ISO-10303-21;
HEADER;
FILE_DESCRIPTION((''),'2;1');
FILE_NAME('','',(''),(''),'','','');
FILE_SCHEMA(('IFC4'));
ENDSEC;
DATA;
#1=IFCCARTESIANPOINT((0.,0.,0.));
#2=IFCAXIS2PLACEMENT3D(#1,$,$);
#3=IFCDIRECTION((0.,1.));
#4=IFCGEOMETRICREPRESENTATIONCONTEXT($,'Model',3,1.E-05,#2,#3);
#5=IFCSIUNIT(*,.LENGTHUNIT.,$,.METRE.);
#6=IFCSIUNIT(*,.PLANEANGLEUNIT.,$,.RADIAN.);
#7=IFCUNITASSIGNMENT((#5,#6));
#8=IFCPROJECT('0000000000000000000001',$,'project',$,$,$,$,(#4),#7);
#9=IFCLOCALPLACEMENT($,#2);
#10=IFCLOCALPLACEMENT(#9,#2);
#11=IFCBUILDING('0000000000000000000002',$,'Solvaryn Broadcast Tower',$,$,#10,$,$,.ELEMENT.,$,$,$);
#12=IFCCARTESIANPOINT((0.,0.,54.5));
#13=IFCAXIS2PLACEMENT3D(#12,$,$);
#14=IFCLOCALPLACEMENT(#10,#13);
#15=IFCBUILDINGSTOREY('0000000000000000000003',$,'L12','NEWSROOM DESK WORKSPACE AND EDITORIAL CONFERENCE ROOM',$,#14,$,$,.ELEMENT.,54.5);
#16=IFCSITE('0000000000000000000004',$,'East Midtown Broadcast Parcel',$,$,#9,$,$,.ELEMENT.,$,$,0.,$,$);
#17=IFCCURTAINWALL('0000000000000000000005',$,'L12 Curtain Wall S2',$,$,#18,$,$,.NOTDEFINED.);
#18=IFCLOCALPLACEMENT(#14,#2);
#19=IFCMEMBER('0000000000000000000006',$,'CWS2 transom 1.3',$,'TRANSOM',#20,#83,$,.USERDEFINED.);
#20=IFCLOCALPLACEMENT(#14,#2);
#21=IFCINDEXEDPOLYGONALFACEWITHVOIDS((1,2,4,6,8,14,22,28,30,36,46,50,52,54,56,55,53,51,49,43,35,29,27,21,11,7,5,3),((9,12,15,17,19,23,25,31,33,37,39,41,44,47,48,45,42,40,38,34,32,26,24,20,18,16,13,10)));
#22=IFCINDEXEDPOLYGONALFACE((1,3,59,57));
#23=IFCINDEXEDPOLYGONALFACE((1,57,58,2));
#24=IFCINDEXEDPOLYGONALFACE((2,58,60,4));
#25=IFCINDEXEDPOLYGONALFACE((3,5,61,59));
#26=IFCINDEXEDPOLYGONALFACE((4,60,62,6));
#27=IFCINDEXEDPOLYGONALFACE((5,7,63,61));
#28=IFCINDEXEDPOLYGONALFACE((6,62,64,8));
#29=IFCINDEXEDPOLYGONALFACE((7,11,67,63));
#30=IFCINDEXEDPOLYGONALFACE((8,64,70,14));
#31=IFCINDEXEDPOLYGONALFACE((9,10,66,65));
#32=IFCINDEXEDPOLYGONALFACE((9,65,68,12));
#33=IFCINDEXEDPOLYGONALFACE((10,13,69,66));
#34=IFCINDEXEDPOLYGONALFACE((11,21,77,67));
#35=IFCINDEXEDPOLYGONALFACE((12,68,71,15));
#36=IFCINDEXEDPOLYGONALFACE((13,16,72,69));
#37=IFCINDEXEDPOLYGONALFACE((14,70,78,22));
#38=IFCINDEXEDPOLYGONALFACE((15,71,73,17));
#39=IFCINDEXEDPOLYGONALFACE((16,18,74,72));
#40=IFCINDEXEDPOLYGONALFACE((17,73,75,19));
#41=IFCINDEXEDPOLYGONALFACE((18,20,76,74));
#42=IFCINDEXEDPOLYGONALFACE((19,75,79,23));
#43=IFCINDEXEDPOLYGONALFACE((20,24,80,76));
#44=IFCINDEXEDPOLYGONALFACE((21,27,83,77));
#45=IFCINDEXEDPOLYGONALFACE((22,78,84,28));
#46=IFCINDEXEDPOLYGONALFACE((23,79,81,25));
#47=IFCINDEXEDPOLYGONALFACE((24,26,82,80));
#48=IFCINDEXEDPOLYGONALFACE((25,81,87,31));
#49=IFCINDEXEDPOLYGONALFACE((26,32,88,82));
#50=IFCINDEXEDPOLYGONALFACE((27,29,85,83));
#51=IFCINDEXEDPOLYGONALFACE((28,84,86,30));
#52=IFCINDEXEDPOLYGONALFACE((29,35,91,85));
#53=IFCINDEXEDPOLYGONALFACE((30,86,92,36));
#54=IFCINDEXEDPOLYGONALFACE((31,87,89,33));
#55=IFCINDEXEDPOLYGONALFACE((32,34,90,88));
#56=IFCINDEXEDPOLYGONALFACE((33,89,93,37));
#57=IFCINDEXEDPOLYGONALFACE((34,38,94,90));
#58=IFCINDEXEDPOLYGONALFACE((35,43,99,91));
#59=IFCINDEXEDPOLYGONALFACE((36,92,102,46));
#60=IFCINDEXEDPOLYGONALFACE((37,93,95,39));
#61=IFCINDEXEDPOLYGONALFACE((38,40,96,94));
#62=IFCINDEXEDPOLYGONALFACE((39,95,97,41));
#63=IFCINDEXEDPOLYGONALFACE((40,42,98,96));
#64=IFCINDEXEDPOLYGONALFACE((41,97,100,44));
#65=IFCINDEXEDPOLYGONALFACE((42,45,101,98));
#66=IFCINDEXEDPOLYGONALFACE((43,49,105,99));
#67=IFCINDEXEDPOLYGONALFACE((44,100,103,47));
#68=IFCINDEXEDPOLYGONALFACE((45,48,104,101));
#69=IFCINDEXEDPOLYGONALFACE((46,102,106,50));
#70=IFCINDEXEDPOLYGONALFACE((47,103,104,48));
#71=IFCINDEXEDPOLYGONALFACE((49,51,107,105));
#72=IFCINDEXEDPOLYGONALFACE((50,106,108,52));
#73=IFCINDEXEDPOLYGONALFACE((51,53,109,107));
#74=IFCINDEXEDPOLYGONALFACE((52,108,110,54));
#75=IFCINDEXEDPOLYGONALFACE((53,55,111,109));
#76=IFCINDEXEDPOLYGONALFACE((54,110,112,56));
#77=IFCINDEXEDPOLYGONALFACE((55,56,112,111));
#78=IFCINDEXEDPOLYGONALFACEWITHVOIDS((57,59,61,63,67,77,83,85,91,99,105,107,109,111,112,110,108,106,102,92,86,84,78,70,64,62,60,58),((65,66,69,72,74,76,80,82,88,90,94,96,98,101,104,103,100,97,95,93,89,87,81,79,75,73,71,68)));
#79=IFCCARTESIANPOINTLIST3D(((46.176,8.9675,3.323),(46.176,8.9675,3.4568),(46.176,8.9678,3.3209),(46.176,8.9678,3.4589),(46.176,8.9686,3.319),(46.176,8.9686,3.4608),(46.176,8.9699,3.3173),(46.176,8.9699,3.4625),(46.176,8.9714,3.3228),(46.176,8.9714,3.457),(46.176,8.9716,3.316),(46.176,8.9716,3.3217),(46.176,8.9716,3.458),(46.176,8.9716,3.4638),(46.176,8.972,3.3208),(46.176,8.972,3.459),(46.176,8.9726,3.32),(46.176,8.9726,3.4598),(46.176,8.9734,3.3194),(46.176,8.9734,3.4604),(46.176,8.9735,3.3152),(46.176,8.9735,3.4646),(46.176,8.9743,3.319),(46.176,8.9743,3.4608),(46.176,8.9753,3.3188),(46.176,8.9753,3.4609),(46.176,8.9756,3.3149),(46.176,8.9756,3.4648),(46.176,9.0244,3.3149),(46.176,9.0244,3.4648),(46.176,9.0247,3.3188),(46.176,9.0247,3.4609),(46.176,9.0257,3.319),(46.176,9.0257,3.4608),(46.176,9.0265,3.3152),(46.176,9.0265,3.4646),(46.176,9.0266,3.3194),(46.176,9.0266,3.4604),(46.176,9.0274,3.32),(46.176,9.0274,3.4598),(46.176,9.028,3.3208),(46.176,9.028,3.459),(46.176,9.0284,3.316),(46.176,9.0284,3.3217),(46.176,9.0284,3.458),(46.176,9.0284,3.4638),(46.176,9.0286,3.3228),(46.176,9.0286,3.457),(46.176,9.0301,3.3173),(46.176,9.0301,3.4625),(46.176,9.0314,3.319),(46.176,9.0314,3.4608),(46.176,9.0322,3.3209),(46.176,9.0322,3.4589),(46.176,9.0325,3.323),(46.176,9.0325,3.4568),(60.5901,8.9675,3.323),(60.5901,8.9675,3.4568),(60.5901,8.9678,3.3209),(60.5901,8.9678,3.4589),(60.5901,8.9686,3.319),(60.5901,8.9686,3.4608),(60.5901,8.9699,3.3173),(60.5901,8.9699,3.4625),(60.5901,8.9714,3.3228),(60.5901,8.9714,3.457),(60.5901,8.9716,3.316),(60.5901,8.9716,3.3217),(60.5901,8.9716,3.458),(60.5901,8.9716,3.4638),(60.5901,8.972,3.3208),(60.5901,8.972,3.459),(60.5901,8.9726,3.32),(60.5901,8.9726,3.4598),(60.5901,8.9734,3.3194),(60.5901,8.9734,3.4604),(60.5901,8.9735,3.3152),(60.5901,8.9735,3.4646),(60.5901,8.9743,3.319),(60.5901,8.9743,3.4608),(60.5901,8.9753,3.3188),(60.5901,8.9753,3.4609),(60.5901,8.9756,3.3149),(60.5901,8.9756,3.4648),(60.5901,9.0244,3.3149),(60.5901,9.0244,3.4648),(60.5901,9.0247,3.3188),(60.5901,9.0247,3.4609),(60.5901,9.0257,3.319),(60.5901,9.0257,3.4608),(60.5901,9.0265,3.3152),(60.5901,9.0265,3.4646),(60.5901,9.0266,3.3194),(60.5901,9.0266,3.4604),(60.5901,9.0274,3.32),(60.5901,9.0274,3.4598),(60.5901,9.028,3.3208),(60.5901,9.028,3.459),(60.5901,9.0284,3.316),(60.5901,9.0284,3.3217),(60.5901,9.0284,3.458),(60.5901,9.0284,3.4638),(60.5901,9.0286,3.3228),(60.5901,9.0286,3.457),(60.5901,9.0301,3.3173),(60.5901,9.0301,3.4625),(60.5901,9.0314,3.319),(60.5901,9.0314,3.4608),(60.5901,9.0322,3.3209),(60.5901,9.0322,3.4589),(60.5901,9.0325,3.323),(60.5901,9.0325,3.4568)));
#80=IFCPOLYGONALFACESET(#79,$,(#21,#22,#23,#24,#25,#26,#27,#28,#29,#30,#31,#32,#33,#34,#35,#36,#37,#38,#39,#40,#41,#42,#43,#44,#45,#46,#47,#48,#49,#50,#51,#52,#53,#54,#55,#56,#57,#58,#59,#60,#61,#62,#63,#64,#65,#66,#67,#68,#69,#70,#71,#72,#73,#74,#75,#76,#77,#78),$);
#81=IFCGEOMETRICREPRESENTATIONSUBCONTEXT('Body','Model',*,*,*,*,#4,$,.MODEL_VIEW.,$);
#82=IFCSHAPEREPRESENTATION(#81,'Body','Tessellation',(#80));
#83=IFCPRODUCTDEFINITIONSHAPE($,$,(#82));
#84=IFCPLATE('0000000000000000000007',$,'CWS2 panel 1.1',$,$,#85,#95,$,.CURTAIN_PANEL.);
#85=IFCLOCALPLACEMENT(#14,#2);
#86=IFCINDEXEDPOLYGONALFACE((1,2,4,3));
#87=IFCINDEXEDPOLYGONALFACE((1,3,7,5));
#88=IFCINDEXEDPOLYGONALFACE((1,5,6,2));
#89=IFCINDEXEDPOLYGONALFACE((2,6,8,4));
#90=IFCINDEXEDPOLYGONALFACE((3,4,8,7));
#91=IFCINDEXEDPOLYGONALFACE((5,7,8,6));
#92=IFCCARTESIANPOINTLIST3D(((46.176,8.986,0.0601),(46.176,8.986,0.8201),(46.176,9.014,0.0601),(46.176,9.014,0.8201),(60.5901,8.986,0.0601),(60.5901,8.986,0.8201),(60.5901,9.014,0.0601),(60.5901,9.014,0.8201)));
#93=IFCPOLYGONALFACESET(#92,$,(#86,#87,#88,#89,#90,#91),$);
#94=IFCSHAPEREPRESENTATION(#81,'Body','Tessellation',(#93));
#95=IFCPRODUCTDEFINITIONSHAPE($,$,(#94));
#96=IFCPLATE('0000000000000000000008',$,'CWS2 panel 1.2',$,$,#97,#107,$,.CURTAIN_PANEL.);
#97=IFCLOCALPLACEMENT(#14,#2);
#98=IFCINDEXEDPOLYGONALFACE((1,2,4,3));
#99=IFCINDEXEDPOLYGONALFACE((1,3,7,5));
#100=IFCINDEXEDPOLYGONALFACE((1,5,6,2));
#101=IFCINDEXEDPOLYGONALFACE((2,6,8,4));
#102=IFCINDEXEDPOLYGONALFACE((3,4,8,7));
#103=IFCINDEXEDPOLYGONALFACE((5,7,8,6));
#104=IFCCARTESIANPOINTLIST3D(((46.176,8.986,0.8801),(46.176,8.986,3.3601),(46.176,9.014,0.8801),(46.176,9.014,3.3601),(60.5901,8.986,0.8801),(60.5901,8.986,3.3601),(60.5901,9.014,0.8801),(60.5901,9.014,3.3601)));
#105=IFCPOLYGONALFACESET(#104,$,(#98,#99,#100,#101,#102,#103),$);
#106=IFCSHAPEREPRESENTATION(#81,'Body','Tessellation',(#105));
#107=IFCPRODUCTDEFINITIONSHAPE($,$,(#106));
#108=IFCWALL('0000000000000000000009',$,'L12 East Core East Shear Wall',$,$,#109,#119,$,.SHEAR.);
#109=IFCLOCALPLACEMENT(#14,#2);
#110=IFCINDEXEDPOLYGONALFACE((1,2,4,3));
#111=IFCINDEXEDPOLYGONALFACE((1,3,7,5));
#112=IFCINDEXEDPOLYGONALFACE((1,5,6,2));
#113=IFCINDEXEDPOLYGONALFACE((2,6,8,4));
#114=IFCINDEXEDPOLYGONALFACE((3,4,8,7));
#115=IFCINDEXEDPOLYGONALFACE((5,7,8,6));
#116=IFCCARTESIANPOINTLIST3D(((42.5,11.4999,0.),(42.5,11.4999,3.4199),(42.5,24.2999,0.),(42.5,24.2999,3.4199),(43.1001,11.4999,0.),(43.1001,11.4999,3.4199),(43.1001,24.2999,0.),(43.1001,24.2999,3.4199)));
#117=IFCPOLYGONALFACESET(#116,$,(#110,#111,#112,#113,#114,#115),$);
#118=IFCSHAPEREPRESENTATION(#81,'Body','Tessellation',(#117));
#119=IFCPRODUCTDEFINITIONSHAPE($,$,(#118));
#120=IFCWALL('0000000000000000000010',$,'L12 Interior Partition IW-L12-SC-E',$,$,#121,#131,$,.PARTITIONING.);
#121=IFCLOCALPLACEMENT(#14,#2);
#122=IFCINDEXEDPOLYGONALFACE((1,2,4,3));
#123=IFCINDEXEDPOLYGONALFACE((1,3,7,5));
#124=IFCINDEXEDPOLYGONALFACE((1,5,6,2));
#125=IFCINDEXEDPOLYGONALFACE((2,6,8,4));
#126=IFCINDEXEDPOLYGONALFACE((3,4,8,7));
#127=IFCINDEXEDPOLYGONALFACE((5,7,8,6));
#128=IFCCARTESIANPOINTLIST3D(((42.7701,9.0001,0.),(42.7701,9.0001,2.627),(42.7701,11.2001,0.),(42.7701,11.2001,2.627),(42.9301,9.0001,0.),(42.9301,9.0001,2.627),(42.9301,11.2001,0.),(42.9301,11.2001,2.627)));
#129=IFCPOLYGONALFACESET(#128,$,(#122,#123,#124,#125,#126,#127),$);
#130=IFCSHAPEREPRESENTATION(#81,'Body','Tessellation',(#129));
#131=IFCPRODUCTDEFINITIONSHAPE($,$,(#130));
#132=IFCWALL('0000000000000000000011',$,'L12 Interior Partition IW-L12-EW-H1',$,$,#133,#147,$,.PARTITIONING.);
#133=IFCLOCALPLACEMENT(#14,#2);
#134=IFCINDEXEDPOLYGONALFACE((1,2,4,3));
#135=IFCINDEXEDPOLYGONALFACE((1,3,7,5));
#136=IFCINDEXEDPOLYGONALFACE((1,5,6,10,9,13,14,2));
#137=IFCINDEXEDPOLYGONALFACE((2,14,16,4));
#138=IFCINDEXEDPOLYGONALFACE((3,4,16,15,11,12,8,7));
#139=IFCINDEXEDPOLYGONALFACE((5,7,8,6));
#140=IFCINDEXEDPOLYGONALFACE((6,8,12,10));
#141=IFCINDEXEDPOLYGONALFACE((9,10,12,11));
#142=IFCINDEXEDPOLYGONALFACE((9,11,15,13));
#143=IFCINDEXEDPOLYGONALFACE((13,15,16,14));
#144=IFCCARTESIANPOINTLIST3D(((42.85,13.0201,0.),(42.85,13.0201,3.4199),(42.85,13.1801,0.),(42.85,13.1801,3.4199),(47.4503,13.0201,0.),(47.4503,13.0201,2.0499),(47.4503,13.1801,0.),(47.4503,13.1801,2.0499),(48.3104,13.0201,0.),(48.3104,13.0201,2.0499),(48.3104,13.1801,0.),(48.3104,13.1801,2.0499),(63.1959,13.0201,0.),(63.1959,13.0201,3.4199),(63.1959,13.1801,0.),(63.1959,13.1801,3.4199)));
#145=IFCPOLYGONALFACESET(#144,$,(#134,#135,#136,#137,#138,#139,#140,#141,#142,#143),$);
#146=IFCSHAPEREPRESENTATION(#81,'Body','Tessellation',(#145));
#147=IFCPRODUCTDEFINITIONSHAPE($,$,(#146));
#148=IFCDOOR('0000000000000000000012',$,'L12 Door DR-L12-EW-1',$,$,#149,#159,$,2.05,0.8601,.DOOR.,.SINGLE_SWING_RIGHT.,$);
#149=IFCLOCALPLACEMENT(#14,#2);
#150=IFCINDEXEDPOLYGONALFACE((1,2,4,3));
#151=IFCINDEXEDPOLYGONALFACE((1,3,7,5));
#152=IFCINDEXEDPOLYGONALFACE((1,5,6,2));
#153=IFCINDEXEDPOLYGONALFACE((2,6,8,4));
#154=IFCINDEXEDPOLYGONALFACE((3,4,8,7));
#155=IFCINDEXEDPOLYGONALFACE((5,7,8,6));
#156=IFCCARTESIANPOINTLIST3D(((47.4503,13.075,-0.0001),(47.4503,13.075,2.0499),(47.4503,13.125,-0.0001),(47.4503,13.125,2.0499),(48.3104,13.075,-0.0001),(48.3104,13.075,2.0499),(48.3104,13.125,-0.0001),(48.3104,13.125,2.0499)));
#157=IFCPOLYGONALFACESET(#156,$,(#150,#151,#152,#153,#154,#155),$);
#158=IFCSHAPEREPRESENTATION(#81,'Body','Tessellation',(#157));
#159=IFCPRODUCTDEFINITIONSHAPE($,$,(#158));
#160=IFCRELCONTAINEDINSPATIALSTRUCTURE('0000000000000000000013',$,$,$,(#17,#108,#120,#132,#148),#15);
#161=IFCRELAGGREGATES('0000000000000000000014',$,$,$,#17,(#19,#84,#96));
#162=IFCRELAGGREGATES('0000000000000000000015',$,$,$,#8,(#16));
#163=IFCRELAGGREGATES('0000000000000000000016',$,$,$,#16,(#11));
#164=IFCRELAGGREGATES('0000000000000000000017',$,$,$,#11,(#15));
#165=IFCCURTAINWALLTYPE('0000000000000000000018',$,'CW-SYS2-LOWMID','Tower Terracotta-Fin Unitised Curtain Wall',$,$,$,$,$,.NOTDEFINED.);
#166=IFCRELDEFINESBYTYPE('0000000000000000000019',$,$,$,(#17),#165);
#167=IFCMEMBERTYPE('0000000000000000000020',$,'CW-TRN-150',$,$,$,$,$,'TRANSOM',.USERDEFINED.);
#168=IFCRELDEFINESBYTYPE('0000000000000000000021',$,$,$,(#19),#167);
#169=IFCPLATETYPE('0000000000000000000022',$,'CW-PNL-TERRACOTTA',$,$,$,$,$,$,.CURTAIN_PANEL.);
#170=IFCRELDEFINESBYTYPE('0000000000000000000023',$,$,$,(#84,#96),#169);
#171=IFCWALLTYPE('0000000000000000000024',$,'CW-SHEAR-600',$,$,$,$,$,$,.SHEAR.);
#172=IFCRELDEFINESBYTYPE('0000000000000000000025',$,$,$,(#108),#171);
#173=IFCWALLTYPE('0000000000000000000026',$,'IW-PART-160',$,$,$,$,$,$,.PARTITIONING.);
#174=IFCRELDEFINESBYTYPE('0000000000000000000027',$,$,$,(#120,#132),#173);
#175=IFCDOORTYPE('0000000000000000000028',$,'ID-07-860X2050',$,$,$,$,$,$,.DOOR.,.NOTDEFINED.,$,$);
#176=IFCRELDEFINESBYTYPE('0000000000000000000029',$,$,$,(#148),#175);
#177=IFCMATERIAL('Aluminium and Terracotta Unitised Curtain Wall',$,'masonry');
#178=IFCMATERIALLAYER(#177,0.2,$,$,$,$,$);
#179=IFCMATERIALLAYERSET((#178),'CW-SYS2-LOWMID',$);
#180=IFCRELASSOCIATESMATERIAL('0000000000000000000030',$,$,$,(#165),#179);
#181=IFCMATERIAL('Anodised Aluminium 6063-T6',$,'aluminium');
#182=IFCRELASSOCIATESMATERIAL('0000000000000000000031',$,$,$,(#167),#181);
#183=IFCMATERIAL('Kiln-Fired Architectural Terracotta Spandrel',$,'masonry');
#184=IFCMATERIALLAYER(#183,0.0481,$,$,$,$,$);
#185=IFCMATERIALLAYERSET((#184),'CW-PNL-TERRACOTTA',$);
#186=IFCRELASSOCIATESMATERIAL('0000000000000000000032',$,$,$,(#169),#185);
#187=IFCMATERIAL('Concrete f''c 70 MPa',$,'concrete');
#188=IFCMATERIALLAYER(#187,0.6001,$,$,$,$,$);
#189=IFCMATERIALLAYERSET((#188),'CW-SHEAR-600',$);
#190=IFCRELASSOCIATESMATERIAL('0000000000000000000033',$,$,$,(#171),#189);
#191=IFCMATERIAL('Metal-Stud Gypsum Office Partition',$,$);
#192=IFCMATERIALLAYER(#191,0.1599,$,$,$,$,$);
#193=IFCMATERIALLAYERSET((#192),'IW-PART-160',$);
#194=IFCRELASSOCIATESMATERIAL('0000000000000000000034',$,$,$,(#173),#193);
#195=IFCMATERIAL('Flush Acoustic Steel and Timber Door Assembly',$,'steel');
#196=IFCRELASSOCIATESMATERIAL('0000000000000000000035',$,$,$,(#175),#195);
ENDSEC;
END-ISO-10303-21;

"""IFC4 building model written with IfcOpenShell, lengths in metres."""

from ifc_helpers import new_model, si_unit, direction, frame, frame_2d, origin, origin_2d, place, context, subcontext, project, spatial, rectangle, hollow_rectangle, extrude, material, layer, layer_set, material_profile, profile_set, type_object, element, fill, aggregate, save


model = new_model("IFC4")

# Units and contexts
model_context = context("Model", 3, precision=1e-05, world=origin(), true_north=direction((0.0, 1.0)))
body_context = subcontext(model_context, "Body", "Model", "MODEL_VIEW")
ifc_project = project(units=[si_unit("LENGTHUNIT", "METRE"), si_unit("PLANEANGLEUNIT", "RADIAN")], contexts=[model_context])

# Site, building, storey
site_placement = place(None, origin())
site = spatial("IfcSite", under=ifc_project, at=site_placement, Name="East Midtown Broadcast Parcel", CompositionType="ELEMENT", RefElevation=0.0)
building_placement = place(site_placement, origin())
building = spatial("IfcBuilding", under=site, at=building_placement, Name="Solvaryn Broadcast Tower", CompositionType="ELEMENT")
storey_placement = place(building_placement, frame((0.0, 0.0, 54.5)))
storey = spatial("IfcBuildingStorey", under=building, at=storey_placement, Name="L12", Description="NEWSROOM DESK WORKSPACE AND EDITORIAL CONFERENCE ROOM", CompositionType="ELEMENT", Elevation=54.5)

# Shared definitions
ifc_material_1 = material(Name="Aluminium and Terracotta Unitised Curtain Wall", Category="masonry")
ifc_layer_1 = layer(ifc_material_1, 0.2)
ifc_layer_set_1 = layer_set([ifc_layer_1], Name="CW-SYS2-LOWMID")
curtain_wall_type = type_object("IfcCurtainWallType", Name="CW-SYS2-LOWMID", Description="Tower Terracotta-Fin Unitised Curtain Wall", PredefinedType="NOTDEFINED", material=ifc_layer_set_1)

# Curtain wall, member, plates
curtain_wall_1_placement = place(storey_placement, origin())
curtain_wall_1 = element("IfcCurtainWall", 1, at=curtain_wall_1_placement, inside=storey, type_object=curtain_wall_type, Name="L12 Curtain Wall S2", PredefinedType="NOTDEFINED")
ifc_material_2 = material(Name="Anodised Aluminium 6063-T6", Category="aluminium")
ifc_material_profile_1 = material_profile(ifc_material_2, hollow_rectangle(XDim=0.0649, YDim=0.1499, WallThickness=0.0039, InnerFilletRadius=0.0039, OuterFilletRadius=0.0081, at=origin_2d()))
ifc_profile_set_1 = profile_set([ifc_material_profile_1], Name="Anodised Aluminium 6063-T6")
member_type_1 = type_object("IfcMemberType", Name="CW-TRN-150", ElementType="TRANSOM", PredefinedType="USERDEFINED", material=ifc_profile_set_1)
member_1_placement = place(storey_placement, frame((46.176, 9.0, 3.3899), z_axis=(1.0, 0.0, 0.0), x_axis=(0.0, 1.0, 0.0)))
member_1 = element("IfcMember", 2, at=member_1_placement, type_object=member_type_1, Name="CWS2 transom 1.3", ObjectType="TRANSOM", PredefinedType="USERDEFINED", context=body_context, shape_type="SweptSolid", body=[
    extrude(hollow_rectangle(XDim=0.0649, YDim=0.1499, WallThickness=0.0039, InnerFilletRadius=0.0039, OuterFilletRadius=0.0081, at=origin_2d()), origin(), (0.0, 0.0, 1.0), 14.4141),
])
ifc_material_3 = material(Name="Kiln-Fired Architectural Terracotta Spandrel", Category="masonry")
ifc_layer_2 = layer(ifc_material_3, 0.0481)
ifc_layer_set_2 = layer_set([ifc_layer_2], Name="CW-PNL-TERRACOTTA")
plate_type = type_object("IfcPlateType", Name="CW-PNL-TERRACOTTA", PredefinedType="CURTAIN_PANEL", material=ifc_layer_set_2)
plate_1_placement = place(storey_placement, frame((53.3831, 9.0, 0.0601), z_axis=(0.0, 0.0, 1.0), x_axis=(1.0, 0.0, 0.0)))
plate_1 = element("IfcPlate", 3, at=plate_1_placement, type_object=plate_type, Name="CWS2 panel 1.1", PredefinedType="CURTAIN_PANEL", context=body_context, shape_type="SweptSolid", body=[
    extrude(rectangle(XDim=14.4141, YDim=0.0281, at=origin_2d()), origin(), (0.0, 0.0, 1.0), 0.76),
])
plate_2_placement = place(storey_placement, frame((53.3831, 9.0, 0.8801), z_axis=(0.0, 0.0, 1.0), x_axis=(1.0, 0.0, 0.0)))
plate_2 = element("IfcPlate", 4, at=plate_2_placement, type_object=plate_type, Name="CWS2 panel 1.2", PredefinedType="CURTAIN_PANEL", context=body_context, shape_type="SweptSolid", body=[
    extrude(rectangle(XDim=14.4141, YDim=0.0281, at=origin_2d()), origin(), (0.0, 0.0, 1.0), 2.48),
])
aggregate(curtain_wall_1, [member_1, plate_1, plate_2])

# Walls
ifc_material_4 = material(Name="Concrete f'c 70 MPa", Category="concrete")
ifc_layer_3 = layer(ifc_material_4, 0.6001)
ifc_layer_set_3 = layer_set([ifc_layer_3], Name="CW-SHEAR-600")
wall_type_1 = type_object("IfcWallType", Name="CW-SHEAR-600", PredefinedType="SHEAR", material=ifc_layer_set_3)
wall_1_placement = place(storey_placement, frame((42.8, 11.5, 0.0), z_axis=(0.0, 0.0, 1.0), x_axis=(0.0, 1.0, 0.0)))
element("IfcWall", 5, at=wall_1_placement, inside=storey, type_object=wall_type_1, Name="L12 East Core East Shear Wall", PredefinedType="SHEAR", context=body_context, shape_type="SweptSolid", body=[
    extrude(rectangle(XDim=12.8, YDim=0.6001, at=frame_2d((6.3999, 0.0))), origin(), (0.0, 0.0, 1.0), 3.4199),
])
ifc_material_5 = material(Name="Metal-Stud Gypsum Office Partition")
ifc_layer_4 = layer(ifc_material_5, 0.1599)
ifc_layer_set_4 = layer_set([ifc_layer_4], Name="IW-PART-160")
wall_type_2 = type_object("IfcWallType", Name="IW-PART-160", PredefinedType="PARTITIONING", material=ifc_layer_set_4)
wall_2_placement = place(storey_placement, frame((42.8501, 9.0, 0.0), z_axis=(0.0, 0.0, 1.0), x_axis=(0.0, 1.0, 0.0)))
element("IfcWall", 6, at=wall_2_placement, inside=storey, type_object=wall_type_2, Name="L12 Interior Partition IW-L12-SC-E", PredefinedType="PARTITIONING", context=body_context, shape_type="SweptSolid", body=[
    extrude(rectangle(XDim=2.2, YDim=0.1599, at=frame_2d((1.1001, 0.0))), origin(), (0.0, 0.0, 1.0), 2.627),
])

# Wall, opening, door
wall_3_placement = place(storey_placement, frame((42.8501, 13.1001, 0.0), z_axis=(0.0, 0.0, 1.0), x_axis=(1.0, 0.0, 0.0)))
wall_3 = element("IfcWall", 7, at=wall_3_placement, inside=storey, type_object=wall_type_2, Name="L12 Interior Partition IW-L12-EW-H1", PredefinedType="PARTITIONING", context=body_context, shape_type="SweptSolid", body=[
    extrude(rectangle(XDim=20.3459, YDim=0.1599, at=frame_2d((10.1729, 0.0))), origin(), (0.0, 0.0, 1.0), 3.4199),
])
opening_1_placement = place(wall_3_placement, frame((4.6001, 0.0, 0.0)))
opening_1 = element("IfcOpeningElement", 8, at=opening_1_placement, cuts=wall_3, PredefinedType="OPENING", context=body_context, shape_type="SweptSolid", body=[
    extrude(rectangle(XDim=0.8601, YDim=2.05, at=frame_2d((0.4302, 1.0249))), frame((0.0, 0.0901, 0.0), z_axis=(0.0, -1.0, 0.0), x_axis=(1.0, 0.0, 0.0)), (0.0, 0.0, 1.0), 0.1799),
])
ifc_material_6 = material(Name="Flush Acoustic Steel and Timber Door Assembly", Category="steel")
door_type_1 = type_object("IfcDoorType", Name="ID-07-860X2050", OperationType="NOTDEFINED", PredefinedType="DOOR", material=ifc_material_6)
door_1_placement = place(opening_1_placement, origin())
door_1 = element("IfcDoor", 9, at=door_1_placement, inside=storey, type_object=door_type_1, Name="L12 Door DR-L12-EW-1", OperationType="SINGLE_SWING_RIGHT", OverallHeight=2.05, OverallWidth=0.8601, PredefinedType="DOOR", context=body_context, shape_type="SweptSolid", body=[
    extrude(rectangle(XDim=0.8601, YDim=2.05, at=frame_2d((0.4302, 1.0249))), frame((0.0, 0.0249, 0.0), z_axis=(0.0, -1.0, 0.0), x_axis=(1.0, 0.0, 0.0)), (0.0, 0.0, 1.0), 0.05),
])
fill(opening_1, door_1)

save(model, "model.ifc")
